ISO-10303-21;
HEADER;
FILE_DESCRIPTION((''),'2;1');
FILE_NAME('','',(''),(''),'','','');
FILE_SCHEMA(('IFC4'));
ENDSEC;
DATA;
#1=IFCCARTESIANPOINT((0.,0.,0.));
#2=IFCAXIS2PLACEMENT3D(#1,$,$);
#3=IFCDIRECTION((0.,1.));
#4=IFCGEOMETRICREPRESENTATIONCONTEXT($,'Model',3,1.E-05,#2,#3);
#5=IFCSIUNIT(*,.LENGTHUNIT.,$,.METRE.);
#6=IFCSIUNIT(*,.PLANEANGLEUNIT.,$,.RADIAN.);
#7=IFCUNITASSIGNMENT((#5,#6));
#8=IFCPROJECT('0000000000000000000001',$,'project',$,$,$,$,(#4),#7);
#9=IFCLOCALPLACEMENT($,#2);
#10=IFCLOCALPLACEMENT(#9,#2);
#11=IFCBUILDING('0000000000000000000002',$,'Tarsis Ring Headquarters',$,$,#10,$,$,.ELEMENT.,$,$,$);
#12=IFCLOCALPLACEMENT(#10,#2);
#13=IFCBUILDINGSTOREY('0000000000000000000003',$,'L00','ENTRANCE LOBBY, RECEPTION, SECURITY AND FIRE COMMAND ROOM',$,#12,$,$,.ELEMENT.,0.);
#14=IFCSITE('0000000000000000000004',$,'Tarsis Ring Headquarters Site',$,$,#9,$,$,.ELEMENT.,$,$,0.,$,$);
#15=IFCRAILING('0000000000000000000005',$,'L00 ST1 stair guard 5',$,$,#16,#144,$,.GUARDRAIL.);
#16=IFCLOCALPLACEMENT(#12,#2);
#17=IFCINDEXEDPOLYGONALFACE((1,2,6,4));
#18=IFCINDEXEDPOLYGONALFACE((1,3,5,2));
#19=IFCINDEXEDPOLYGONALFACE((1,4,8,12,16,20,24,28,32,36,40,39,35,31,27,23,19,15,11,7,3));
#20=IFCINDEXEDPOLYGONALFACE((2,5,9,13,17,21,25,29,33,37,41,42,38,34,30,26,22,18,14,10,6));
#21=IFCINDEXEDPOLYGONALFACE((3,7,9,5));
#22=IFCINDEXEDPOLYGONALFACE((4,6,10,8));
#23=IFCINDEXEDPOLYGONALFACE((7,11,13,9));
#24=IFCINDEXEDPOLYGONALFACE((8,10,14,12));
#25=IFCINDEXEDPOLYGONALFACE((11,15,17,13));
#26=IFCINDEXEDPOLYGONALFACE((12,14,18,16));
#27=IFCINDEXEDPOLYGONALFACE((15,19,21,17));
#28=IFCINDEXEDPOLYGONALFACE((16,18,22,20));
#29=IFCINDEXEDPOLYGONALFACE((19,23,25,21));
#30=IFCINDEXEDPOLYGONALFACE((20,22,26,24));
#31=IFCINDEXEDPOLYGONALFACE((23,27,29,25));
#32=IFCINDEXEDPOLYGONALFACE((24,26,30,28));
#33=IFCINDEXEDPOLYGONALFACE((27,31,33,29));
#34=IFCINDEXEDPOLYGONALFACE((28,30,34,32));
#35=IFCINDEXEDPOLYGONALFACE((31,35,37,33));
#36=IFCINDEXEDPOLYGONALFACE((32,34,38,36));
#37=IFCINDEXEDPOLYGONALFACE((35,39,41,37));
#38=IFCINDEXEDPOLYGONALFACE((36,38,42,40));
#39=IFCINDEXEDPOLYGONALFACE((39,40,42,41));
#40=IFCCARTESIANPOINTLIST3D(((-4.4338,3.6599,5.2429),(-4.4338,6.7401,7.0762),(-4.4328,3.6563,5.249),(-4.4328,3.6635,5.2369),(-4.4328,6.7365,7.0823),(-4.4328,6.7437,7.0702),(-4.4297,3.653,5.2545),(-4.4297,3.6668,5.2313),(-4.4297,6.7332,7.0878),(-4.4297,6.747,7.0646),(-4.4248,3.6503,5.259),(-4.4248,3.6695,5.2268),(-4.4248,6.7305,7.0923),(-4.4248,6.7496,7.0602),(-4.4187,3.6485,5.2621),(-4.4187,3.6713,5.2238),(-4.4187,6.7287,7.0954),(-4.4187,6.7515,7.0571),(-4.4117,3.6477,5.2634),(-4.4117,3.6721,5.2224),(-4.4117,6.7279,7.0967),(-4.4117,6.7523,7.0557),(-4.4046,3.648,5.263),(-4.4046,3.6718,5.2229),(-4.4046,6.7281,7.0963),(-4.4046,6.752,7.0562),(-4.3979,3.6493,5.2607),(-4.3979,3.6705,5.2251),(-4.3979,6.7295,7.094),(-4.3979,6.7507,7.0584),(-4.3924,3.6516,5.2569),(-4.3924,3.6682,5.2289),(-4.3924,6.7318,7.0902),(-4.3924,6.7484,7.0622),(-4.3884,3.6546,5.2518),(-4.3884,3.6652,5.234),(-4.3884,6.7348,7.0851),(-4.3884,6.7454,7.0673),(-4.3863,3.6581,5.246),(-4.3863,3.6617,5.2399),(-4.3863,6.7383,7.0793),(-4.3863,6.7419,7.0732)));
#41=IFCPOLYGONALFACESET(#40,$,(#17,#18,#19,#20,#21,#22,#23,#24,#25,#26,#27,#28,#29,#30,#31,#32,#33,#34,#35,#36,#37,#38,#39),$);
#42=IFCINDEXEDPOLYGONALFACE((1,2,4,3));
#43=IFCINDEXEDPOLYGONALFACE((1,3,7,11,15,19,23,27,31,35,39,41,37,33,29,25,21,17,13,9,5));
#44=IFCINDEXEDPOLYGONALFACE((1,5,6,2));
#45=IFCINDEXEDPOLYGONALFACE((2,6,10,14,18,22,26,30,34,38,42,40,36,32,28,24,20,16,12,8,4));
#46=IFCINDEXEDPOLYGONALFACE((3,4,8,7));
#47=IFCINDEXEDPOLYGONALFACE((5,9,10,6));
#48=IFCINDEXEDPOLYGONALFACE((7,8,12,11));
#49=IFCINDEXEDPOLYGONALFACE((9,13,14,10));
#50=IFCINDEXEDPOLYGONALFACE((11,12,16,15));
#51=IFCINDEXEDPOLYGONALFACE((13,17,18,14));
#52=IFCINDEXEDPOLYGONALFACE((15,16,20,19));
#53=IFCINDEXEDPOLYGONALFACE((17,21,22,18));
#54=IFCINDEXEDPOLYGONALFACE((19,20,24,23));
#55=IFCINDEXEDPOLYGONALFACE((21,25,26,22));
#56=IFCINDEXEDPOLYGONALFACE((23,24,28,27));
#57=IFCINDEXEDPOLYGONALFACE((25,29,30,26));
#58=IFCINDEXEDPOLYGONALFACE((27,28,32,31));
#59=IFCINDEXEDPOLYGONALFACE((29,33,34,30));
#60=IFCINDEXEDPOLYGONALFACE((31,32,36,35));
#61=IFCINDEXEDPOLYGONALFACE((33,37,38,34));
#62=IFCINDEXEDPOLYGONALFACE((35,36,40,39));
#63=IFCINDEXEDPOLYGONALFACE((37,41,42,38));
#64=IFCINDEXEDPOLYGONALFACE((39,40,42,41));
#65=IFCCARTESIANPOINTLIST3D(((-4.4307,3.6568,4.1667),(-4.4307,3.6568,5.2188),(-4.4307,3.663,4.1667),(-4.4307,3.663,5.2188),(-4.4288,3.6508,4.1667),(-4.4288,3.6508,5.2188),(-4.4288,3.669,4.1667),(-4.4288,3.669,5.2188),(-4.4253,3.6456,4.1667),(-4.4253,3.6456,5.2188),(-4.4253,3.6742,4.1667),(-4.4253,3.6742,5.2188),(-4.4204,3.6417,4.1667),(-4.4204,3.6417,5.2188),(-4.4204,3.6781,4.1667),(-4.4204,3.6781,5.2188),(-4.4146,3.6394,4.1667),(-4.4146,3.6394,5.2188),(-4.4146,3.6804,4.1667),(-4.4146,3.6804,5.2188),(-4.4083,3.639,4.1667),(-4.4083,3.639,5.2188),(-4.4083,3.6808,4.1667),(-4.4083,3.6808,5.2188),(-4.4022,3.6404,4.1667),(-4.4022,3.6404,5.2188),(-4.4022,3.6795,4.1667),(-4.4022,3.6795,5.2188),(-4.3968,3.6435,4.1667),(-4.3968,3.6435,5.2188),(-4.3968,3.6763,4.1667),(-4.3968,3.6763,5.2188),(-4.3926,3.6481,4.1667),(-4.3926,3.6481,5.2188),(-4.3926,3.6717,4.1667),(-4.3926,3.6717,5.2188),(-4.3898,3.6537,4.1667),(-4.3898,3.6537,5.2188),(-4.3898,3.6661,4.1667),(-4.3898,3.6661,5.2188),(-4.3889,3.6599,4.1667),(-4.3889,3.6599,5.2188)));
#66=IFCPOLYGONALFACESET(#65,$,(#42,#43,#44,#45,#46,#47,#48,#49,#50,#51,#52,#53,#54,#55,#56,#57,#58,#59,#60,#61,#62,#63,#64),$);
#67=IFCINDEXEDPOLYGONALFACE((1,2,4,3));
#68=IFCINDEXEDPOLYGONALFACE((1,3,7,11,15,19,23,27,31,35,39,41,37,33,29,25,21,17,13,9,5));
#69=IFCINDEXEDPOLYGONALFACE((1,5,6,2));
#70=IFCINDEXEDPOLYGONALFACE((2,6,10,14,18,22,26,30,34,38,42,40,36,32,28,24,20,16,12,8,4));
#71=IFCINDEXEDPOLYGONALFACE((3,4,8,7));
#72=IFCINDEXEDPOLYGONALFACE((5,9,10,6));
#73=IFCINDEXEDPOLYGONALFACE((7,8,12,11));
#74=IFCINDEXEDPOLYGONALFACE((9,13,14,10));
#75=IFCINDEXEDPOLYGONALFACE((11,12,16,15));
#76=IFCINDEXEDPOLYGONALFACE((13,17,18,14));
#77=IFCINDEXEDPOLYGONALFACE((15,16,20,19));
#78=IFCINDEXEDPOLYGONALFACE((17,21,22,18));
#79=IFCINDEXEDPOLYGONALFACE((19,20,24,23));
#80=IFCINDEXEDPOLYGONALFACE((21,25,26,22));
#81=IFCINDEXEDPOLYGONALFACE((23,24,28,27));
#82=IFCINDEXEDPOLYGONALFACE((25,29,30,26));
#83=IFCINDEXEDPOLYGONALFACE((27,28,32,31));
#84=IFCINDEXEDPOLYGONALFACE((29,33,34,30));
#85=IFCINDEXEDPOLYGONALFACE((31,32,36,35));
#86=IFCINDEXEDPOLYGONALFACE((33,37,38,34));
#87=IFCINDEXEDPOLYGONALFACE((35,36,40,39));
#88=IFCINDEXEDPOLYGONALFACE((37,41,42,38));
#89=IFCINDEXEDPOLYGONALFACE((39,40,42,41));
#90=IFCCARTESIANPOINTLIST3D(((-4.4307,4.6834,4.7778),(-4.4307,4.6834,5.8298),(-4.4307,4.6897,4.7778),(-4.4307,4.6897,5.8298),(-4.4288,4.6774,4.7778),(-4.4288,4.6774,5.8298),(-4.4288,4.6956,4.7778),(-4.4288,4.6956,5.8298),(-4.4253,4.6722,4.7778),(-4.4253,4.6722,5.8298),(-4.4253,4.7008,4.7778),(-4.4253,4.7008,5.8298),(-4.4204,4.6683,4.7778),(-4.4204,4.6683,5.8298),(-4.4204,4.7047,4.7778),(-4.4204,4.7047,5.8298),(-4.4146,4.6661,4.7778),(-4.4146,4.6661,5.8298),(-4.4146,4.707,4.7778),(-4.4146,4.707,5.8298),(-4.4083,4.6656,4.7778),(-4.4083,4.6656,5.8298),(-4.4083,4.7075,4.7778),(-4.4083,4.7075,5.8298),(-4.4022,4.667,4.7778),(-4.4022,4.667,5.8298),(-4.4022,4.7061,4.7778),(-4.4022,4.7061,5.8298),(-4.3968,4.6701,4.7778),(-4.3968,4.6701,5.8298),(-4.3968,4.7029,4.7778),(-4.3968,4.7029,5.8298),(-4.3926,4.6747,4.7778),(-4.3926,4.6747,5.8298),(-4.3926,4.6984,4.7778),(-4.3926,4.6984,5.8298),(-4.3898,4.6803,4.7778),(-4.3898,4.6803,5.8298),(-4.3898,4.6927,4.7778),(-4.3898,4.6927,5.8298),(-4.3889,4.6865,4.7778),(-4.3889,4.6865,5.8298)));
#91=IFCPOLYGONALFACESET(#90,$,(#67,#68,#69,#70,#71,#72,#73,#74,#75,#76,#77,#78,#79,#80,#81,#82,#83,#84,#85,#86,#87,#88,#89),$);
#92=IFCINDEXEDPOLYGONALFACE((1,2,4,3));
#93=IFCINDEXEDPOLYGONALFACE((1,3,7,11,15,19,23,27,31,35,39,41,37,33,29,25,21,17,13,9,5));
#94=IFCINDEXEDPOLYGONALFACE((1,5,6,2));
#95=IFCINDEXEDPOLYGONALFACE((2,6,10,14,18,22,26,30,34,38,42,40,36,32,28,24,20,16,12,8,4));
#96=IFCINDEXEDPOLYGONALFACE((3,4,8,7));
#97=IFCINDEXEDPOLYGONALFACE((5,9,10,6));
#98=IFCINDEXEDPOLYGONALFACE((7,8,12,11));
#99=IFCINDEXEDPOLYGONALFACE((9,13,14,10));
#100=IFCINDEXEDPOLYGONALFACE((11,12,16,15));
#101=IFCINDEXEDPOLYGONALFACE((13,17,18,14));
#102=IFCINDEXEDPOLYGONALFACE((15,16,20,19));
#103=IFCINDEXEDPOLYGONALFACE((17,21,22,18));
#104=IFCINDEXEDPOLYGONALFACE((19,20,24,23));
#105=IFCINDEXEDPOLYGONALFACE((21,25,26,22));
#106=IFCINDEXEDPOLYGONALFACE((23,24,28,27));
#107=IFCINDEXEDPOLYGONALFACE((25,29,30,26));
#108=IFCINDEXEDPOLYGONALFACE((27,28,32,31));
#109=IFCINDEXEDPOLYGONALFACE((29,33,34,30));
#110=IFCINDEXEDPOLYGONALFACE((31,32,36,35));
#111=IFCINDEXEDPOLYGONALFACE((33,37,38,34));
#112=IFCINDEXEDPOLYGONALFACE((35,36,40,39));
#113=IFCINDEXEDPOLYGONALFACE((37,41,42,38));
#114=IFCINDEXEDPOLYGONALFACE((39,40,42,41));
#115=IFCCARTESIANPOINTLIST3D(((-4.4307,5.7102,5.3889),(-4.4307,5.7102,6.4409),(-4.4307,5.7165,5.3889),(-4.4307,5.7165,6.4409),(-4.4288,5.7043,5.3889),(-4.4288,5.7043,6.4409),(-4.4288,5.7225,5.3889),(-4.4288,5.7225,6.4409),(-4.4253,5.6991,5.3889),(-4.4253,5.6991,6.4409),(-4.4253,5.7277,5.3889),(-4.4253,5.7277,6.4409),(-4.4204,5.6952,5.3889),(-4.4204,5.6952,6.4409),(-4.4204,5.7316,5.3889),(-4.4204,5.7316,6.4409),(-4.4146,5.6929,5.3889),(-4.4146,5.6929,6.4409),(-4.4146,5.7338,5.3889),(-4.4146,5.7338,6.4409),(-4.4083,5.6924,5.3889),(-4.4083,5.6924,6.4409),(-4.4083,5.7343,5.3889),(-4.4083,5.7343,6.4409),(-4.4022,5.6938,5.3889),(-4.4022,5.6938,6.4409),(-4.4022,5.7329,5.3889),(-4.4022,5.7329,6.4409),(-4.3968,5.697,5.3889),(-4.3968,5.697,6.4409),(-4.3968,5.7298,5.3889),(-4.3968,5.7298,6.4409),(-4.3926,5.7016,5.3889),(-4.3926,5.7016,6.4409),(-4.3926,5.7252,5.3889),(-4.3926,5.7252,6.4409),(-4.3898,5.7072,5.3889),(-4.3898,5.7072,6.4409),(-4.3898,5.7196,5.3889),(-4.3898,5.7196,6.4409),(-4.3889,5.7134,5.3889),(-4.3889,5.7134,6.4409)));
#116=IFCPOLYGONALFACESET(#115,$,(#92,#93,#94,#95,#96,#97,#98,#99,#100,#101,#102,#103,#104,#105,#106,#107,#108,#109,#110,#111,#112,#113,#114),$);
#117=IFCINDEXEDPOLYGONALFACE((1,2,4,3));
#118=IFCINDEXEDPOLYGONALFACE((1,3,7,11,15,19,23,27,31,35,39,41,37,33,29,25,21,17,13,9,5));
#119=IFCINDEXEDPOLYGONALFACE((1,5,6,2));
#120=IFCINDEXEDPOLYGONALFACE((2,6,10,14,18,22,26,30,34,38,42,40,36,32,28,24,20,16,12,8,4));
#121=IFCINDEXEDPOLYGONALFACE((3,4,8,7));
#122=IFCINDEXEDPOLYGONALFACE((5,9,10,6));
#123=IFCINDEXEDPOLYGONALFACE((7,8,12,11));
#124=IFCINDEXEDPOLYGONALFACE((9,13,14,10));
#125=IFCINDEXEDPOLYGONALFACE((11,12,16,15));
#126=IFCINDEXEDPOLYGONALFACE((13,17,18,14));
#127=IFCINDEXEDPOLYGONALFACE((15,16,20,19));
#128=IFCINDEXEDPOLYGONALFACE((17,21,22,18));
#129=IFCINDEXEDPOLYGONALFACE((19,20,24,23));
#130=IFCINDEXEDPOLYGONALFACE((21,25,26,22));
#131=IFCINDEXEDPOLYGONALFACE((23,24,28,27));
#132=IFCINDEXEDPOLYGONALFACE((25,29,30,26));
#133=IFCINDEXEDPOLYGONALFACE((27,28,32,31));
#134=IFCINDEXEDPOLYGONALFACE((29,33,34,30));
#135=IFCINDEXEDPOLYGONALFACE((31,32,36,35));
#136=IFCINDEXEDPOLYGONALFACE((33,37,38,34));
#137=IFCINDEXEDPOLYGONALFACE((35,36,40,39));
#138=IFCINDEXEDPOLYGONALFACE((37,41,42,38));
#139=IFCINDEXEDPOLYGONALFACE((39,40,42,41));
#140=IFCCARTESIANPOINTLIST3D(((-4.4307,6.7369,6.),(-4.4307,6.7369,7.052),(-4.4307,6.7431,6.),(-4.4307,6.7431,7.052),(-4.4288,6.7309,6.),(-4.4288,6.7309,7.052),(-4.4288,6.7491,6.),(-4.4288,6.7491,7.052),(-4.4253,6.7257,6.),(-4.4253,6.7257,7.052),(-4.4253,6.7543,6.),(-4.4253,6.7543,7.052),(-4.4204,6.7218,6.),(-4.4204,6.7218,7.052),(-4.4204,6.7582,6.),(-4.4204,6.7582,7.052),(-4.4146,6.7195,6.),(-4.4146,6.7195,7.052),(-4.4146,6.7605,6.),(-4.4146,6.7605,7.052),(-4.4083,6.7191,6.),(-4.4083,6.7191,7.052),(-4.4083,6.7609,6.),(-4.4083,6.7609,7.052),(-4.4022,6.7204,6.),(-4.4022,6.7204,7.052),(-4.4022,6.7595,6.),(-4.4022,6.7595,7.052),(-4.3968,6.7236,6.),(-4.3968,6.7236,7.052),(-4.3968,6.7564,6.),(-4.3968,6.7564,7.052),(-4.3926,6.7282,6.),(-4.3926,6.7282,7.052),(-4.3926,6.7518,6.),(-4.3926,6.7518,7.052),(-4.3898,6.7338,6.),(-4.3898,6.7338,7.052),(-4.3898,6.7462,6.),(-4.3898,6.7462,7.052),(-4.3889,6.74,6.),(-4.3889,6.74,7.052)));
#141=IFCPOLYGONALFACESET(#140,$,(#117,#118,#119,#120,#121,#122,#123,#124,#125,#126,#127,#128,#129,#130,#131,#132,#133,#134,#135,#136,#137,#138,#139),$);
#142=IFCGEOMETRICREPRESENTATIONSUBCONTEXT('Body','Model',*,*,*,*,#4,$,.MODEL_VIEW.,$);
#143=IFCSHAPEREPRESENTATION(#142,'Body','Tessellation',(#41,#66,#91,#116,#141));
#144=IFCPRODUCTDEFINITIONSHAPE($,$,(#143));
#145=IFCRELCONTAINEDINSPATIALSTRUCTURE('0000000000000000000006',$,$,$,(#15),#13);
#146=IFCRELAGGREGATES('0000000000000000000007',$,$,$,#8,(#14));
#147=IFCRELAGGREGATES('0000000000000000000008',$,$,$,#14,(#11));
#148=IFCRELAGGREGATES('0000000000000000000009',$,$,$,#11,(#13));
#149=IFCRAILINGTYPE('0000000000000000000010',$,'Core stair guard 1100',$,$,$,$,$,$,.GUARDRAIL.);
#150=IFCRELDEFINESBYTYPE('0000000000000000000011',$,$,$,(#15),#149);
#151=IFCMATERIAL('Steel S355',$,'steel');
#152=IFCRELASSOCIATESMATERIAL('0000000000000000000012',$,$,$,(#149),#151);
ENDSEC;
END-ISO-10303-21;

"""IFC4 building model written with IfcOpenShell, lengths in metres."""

from ifc_helpers import new_model, si_unit, direction, frame, origin, origin_2d, place, context, subcontext, project, spatial, circle, extrude, material, type_object, element, save


model = new_model("IFC4")

# Units and contexts
model_context = context("Model", 3, precision=1e-05, world=origin(), true_north=direction((0.0, 1.0)))
body_context = subcontext(model_context, "Body", "Model", "MODEL_VIEW")
ifc_project = project(units=[si_unit("LENGTHUNIT", "METRE"), si_unit("PLANEANGLEUNIT", "RADIAN")], contexts=[model_context])

# Site, building, storey
site_placement = place(None, origin())
site = spatial("IfcSite", under=ifc_project, at=site_placement, Name="Tarsis Ring Headquarters Site", CompositionType="ELEMENT", RefElevation=0.0)
building_placement = place(site_placement, origin())
building = spatial("IfcBuilding", under=site, at=building_placement, Name="Tarsis Ring Headquarters", CompositionType="ELEMENT")
storey_placement = place(building_placement, origin())
storey = spatial("IfcBuildingStorey", under=building, at=storey_placement, Name="L00", Description="ENTRANCE LOBBY, RECEPTION, SECURITY AND FIRE COMMAND ROOM", CompositionType="ELEMENT", Elevation=0.0)

# Railing
ifc_material = material(Name="Steel S355", Category="steel")
railing_type_1 = type_object("IfcRailingType", Name="Core stair guard 1100", PredefinedType="GUARDRAIL", material=ifc_material)
railing_1_placement = place(storey_placement, frame((-4.4099, 3.6599, 4.1667)))
element("IfcRailing", 1, at=railing_1_placement, inside=storey, type_object=railing_type_1, Name="L00 ST1 stair guard 5", PredefinedType="GUARDRAIL", context=body_context, shape_type="SweptSolid", body=[
    extrude(circle(Radius=0.0239, at=origin_2d()), frame((0.0, 0.0, 1.0762), z_axis=(0.0, 0.859309, 0.511458), x_axis=(-1.0, 0.0, 0.0)), (0.0, 0.0, 1.0), 3.5845),
    extrude(circle(Radius=0.021, at=origin_2d()), origin(), (0.0, 0.0, 1.0), 1.052),
    extrude(circle(Radius=0.021, at=origin_2d()), frame((0.0, 1.0266, 0.6111)), (0.0, 0.0, 1.0), 1.052),
    extrude(circle(Radius=0.021, at=origin_2d()), frame((0.0, 2.0535, 1.2222)), (0.0, 0.0, 1.0), 1.052),
    extrude(circle(Radius=0.021, at=origin_2d()), frame((0.0, 3.0801, 1.8333)), (0.0, 0.0, 1.0), 1.052),
])

save(model, "model.ifc")
